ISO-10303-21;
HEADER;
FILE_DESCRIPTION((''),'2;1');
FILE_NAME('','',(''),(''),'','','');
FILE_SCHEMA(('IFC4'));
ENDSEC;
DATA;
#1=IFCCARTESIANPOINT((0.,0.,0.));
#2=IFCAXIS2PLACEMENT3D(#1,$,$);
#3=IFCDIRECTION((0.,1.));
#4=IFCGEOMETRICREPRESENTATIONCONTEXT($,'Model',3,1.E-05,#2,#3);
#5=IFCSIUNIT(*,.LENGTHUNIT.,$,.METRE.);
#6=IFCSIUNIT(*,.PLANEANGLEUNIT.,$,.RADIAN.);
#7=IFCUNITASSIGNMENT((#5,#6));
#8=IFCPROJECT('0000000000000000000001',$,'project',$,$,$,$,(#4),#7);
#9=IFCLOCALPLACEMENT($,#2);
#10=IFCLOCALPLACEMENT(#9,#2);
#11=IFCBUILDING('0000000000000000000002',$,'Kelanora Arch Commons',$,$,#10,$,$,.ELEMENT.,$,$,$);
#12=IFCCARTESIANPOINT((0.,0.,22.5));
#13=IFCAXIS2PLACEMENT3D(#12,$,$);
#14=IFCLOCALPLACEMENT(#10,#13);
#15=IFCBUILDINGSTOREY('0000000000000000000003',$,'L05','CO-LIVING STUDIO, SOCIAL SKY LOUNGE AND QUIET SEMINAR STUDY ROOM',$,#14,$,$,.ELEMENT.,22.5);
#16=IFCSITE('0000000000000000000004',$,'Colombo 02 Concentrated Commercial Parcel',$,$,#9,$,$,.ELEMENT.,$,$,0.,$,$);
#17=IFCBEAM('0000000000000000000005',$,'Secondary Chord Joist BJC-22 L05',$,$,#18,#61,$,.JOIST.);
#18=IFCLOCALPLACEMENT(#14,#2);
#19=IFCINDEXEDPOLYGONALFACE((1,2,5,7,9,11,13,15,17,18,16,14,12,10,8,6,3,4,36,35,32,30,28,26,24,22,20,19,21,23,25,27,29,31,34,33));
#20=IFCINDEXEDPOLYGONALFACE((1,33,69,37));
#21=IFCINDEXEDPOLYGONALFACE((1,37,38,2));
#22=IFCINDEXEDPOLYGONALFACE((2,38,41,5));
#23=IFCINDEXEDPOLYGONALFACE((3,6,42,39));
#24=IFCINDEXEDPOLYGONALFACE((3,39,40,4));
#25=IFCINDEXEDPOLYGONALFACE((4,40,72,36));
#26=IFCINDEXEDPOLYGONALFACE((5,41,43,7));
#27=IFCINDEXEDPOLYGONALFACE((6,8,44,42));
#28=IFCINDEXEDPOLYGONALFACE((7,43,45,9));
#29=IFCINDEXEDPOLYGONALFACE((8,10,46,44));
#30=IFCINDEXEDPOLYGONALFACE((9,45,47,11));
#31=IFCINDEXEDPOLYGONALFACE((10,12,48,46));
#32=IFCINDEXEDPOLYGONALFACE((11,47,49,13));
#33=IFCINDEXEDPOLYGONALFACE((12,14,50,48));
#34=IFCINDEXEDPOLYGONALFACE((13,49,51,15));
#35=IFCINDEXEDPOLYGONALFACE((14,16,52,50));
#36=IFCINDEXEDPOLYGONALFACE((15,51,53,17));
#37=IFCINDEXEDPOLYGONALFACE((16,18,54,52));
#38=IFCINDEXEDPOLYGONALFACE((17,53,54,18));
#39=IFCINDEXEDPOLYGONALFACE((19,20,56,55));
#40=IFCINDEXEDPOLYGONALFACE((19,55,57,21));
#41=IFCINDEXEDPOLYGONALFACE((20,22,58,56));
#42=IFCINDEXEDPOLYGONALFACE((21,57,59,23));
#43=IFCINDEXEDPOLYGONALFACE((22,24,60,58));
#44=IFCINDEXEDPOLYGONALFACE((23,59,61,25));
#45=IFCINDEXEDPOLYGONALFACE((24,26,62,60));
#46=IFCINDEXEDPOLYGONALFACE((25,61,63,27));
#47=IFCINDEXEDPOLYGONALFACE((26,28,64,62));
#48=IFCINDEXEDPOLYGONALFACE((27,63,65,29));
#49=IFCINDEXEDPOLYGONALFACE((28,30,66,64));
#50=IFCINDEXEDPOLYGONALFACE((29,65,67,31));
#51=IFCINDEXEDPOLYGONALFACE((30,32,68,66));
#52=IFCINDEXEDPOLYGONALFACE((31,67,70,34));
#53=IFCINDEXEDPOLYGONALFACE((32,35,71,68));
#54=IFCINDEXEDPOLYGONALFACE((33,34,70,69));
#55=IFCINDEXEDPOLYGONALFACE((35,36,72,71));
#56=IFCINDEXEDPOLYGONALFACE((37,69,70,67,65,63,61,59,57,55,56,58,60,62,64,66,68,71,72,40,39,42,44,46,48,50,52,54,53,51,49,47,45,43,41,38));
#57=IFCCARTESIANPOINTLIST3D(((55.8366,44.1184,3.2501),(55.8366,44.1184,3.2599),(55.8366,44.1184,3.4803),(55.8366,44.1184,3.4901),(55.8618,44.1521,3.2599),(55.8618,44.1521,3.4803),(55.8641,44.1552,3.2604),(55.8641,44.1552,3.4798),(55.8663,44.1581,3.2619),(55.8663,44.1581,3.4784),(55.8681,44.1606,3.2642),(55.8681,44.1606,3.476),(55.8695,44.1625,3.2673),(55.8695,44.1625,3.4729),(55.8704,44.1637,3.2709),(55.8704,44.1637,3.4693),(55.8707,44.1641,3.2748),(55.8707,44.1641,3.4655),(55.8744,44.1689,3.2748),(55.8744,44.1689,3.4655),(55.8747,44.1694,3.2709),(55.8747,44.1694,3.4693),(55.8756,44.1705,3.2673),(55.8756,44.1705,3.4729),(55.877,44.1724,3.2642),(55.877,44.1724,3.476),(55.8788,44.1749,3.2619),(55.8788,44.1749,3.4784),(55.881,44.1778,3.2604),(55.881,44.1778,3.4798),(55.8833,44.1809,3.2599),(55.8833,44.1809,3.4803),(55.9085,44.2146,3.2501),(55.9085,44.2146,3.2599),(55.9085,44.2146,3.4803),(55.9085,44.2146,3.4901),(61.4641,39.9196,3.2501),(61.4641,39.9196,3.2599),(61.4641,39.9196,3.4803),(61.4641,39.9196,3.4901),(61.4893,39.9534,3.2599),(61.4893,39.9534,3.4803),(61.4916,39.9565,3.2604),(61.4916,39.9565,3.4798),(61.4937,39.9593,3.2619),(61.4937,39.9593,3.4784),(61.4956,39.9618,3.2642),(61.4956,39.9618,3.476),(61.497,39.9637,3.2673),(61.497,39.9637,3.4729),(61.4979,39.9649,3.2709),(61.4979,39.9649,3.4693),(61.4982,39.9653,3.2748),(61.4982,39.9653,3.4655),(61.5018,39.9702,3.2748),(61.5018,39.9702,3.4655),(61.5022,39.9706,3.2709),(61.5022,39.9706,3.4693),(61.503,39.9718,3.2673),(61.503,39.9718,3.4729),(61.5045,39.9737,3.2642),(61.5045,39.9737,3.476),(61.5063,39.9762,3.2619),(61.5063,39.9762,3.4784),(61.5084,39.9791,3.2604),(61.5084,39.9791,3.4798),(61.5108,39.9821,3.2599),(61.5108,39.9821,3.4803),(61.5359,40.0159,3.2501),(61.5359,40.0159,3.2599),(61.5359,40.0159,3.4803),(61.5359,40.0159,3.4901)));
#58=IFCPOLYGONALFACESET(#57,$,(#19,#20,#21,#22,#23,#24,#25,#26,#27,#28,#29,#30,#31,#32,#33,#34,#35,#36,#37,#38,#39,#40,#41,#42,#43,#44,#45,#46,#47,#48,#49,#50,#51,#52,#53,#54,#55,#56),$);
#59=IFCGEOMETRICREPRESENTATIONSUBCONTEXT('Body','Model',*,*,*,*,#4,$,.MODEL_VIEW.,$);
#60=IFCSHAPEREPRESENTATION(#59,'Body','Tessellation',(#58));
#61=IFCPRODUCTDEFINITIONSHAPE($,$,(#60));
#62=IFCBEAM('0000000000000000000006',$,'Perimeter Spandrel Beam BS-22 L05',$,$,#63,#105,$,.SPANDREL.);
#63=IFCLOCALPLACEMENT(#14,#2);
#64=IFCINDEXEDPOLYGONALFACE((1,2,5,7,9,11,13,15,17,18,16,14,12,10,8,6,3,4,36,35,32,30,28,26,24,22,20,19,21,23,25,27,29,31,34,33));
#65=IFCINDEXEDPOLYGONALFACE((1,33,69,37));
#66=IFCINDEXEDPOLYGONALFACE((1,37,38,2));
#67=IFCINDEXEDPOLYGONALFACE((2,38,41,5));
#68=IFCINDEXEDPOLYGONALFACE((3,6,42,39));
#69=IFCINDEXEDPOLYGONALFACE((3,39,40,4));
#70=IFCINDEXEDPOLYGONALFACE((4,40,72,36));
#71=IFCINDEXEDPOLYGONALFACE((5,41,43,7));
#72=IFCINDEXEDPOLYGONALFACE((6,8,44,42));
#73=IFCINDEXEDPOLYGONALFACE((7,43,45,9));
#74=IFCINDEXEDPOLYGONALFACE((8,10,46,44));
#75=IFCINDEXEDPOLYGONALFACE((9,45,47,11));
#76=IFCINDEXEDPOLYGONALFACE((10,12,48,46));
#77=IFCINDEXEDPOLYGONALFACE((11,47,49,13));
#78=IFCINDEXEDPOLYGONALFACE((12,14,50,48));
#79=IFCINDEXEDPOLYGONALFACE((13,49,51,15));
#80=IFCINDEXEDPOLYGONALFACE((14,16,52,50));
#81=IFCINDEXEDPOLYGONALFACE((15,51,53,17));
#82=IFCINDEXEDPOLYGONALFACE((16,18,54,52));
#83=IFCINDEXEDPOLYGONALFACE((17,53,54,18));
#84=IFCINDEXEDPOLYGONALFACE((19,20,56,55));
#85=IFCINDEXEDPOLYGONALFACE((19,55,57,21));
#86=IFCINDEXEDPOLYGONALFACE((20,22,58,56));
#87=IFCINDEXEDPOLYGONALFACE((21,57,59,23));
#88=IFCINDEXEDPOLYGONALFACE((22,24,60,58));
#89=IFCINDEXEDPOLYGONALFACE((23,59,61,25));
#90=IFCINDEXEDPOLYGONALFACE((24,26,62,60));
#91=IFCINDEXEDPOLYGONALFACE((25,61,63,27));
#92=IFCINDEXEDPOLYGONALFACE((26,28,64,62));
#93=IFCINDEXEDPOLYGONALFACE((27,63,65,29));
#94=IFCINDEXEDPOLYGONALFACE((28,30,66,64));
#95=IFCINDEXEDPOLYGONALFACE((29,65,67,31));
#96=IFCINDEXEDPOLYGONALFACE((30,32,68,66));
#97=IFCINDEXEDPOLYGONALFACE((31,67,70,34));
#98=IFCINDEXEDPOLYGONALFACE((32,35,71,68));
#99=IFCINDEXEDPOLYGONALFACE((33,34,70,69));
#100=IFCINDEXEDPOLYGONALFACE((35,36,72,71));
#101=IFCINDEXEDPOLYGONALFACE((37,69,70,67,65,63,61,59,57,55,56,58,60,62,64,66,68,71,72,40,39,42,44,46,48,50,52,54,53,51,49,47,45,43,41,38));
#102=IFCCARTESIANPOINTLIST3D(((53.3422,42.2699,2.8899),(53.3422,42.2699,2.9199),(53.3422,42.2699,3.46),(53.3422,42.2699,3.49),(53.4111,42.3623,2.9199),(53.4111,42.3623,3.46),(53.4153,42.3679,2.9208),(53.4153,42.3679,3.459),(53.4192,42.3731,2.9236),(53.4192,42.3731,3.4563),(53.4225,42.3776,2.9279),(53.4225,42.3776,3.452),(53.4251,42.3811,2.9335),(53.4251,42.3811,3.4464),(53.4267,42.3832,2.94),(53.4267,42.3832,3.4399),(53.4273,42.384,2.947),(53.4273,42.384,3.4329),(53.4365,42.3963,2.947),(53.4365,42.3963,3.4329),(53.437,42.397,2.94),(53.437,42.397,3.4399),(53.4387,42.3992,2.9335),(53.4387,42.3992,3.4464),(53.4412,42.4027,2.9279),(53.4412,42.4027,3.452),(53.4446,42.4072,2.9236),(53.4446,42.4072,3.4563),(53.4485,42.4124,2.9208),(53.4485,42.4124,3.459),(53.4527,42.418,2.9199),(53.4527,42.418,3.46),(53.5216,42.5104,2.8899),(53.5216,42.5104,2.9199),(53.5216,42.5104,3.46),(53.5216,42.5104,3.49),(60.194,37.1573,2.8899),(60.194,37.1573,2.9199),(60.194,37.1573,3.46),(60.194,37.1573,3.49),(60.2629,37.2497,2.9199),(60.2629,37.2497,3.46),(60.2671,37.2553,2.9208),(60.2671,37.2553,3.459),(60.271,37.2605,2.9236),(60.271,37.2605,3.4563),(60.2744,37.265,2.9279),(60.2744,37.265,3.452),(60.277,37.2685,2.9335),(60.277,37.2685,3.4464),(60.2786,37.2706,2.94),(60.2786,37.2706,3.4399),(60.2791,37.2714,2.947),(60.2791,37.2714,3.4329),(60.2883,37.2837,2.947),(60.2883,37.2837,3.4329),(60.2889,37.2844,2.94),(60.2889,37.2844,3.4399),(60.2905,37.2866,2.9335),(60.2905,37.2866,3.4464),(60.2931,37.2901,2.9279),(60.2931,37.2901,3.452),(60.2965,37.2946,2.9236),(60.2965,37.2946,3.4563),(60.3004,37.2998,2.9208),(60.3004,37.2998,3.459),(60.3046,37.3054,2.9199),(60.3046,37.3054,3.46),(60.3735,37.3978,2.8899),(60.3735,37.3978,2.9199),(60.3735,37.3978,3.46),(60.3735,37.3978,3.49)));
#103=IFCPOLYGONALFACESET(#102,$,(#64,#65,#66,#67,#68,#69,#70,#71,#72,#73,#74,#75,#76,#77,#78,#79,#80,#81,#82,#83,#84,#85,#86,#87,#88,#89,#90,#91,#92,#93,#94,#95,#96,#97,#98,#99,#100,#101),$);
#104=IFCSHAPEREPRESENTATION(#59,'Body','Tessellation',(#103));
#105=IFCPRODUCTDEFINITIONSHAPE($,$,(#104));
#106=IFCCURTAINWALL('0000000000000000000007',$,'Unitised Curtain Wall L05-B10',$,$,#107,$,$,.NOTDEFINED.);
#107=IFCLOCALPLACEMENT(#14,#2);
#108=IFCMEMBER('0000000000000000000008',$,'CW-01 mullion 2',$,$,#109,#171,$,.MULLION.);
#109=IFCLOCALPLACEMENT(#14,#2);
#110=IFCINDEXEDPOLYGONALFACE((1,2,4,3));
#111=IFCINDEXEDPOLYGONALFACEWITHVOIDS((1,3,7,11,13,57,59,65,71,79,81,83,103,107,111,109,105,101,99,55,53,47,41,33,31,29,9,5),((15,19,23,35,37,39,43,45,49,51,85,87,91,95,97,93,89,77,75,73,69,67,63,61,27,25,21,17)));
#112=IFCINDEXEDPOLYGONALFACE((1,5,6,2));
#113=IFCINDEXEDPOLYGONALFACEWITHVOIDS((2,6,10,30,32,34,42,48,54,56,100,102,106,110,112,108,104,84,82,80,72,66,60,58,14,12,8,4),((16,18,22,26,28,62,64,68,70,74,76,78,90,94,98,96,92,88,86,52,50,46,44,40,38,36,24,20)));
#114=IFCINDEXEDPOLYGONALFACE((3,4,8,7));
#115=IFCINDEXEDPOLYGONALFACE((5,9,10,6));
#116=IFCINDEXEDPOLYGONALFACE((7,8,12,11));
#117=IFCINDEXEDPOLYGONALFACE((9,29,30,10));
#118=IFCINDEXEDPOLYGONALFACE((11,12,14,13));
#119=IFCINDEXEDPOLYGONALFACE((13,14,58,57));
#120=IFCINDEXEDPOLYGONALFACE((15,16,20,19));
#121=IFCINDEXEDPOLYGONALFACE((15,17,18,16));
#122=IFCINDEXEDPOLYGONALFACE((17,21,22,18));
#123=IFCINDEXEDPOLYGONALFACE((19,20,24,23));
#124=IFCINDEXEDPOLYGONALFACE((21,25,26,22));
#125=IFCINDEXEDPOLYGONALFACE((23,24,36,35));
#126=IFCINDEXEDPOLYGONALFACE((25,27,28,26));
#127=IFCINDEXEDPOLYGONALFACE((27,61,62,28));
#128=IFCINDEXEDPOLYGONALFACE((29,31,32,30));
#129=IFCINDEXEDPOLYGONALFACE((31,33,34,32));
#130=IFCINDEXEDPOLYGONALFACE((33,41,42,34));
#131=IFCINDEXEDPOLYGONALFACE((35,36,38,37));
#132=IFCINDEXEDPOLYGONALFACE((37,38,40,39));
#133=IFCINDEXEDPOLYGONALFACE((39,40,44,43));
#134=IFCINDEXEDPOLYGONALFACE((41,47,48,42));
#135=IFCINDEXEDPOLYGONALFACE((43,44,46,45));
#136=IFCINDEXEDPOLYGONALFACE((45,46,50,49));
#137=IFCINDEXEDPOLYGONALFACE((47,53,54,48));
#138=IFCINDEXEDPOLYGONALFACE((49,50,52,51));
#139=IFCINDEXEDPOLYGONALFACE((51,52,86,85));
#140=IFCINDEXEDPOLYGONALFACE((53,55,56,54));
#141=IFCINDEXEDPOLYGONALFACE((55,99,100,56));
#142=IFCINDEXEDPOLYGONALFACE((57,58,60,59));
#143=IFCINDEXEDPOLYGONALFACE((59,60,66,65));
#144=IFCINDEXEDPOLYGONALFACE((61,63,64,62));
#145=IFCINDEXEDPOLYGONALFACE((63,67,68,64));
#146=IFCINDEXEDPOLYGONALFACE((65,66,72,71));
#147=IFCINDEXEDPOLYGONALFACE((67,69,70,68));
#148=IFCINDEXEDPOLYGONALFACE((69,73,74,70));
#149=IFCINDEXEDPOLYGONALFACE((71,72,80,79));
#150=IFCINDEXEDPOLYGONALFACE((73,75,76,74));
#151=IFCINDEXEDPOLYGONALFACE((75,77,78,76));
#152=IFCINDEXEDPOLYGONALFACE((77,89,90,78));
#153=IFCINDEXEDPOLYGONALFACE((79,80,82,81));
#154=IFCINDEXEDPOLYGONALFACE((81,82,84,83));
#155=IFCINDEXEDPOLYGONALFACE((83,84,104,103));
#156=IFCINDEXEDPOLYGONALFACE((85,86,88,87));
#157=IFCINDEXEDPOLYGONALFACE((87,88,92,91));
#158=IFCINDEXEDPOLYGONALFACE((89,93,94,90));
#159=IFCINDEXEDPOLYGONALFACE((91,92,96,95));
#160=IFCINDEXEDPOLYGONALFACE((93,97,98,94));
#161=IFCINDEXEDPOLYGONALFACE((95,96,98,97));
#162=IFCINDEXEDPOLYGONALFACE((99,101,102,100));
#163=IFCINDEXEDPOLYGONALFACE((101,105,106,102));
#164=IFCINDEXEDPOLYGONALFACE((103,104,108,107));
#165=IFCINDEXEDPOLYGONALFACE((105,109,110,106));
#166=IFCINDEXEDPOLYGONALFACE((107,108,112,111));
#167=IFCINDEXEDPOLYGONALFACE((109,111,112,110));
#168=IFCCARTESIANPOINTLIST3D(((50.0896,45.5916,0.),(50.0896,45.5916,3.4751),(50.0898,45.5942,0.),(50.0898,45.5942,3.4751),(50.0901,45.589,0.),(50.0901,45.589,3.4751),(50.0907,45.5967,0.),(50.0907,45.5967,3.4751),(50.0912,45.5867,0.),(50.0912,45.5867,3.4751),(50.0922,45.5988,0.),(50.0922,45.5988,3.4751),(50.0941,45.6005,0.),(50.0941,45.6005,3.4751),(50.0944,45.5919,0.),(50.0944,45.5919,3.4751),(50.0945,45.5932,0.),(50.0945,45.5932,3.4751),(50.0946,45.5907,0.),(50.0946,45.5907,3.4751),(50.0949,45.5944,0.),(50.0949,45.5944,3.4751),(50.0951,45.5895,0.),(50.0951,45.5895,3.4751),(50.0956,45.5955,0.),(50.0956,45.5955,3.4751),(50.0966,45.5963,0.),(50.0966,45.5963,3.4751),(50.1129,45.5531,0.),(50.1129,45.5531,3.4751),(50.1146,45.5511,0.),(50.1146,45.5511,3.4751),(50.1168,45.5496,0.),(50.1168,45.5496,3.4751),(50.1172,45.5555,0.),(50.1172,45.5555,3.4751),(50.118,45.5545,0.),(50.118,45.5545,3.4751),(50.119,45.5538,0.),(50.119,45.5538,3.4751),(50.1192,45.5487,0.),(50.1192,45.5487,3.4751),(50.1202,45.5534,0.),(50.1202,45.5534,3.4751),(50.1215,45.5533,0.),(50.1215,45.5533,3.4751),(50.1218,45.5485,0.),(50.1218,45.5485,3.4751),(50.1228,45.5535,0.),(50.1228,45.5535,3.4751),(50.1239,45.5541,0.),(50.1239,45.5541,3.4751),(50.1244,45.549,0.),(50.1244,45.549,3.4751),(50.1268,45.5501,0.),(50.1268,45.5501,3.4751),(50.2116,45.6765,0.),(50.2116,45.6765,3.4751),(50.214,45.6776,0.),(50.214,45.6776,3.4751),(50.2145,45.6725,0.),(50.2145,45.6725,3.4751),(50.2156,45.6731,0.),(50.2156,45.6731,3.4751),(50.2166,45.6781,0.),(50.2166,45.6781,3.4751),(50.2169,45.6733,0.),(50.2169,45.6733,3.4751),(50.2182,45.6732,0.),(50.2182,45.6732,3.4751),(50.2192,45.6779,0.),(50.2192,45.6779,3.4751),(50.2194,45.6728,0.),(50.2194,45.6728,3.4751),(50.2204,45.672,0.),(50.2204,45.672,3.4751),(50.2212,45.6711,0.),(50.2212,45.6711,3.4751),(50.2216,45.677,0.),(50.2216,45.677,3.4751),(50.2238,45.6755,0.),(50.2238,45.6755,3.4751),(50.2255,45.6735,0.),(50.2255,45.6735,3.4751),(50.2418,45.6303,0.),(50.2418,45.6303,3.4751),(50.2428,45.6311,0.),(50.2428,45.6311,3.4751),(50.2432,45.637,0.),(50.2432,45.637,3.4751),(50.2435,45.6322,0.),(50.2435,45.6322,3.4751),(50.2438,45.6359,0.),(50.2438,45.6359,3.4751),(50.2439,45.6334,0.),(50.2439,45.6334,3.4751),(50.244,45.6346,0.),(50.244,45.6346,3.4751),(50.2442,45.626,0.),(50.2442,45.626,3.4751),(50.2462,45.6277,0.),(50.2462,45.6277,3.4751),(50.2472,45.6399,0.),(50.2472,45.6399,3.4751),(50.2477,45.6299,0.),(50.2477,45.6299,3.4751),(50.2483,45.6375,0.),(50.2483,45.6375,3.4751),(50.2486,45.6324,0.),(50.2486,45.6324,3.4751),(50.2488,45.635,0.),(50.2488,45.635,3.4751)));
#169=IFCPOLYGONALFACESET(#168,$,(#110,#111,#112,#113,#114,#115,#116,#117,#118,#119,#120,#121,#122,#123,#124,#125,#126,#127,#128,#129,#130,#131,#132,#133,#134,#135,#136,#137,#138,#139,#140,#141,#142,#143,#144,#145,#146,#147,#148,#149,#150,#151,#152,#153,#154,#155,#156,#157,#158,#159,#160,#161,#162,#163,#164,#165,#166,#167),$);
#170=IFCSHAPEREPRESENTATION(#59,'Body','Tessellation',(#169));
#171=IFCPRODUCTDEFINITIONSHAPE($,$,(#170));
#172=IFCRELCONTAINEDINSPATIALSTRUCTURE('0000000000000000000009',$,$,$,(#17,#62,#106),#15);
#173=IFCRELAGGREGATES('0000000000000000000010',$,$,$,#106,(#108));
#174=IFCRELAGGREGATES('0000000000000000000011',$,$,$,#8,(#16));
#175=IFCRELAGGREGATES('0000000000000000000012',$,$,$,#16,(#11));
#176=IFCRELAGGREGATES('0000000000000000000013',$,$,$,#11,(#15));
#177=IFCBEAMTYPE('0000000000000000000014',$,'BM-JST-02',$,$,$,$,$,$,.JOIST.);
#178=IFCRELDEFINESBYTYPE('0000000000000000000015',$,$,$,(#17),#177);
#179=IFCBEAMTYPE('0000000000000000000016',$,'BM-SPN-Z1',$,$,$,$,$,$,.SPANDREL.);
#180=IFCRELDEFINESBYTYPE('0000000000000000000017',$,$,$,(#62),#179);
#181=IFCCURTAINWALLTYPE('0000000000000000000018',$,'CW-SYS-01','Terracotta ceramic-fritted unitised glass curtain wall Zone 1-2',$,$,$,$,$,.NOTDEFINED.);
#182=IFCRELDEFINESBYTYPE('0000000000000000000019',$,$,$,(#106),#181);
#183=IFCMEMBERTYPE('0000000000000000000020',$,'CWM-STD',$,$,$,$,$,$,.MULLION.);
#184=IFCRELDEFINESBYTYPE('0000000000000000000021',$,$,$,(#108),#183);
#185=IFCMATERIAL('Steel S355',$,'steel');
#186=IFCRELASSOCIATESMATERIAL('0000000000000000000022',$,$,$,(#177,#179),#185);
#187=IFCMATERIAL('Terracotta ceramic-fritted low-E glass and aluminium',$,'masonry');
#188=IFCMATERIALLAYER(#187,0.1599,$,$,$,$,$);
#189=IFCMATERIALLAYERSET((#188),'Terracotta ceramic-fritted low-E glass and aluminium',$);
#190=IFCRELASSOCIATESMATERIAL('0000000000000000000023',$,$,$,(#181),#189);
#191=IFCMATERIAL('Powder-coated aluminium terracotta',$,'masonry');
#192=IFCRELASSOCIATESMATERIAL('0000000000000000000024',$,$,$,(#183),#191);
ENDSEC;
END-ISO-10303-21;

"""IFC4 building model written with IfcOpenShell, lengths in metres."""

from ifc_helpers import new_model, si_unit, direction, frame, origin, origin_2d, place, context, subcontext, project, spatial, hollow_rectangle, i_section, extrude, material, layer, layer_set, material_profile, profile_set, type_object, element, aggregate, save


model = new_model("IFC4")

# Units and contexts
model_context = context("Model", 3, precision=1e-05, world=origin(), true_north=direction((0.0, 1.0)))
body_context = subcontext(model_context, "Body", "Model", "MODEL_VIEW")
ifc_project = project(units=[si_unit("LENGTHUNIT", "METRE"), si_unit("PLANEANGLEUNIT", "RADIAN")], contexts=[model_context])

# Site, building, storey
site_placement = place(None, origin())
site = spatial("IfcSite", under=ifc_project, at=site_placement, Name="Colombo 02 Concentrated Commercial Parcel", CompositionType="ELEMENT", RefElevation=0.0)
building_placement = place(site_placement, origin())
building = spatial("IfcBuilding", under=site, at=building_placement, Name="Kelanora Arch Commons", CompositionType="ELEMENT")
storey_placement = place(building_placement, frame((0.0, 0.0, 22.5)))
storey = spatial("IfcBuildingStorey", under=building, at=storey_placement, Name="L05", Description="CO-LIVING STUDIO, SOCIAL SKY LOUNGE AND QUIET SEMINAR STUDY ROOM", CompositionType="ELEMENT", Elevation=22.5)

# Beams
ifc_material_1 = material(Name="Steel S355", Category="steel")
ifc_material_profile_1 = material_profile(ifc_material_1, i_section(OverallWidth=0.1201, OverallDepth=0.24, WebThickness=0.0061, FlangeThickness=0.0098, FilletRadius=0.0149, at=origin_2d()), Name="IPE240")
ifc_profile_set_1 = profile_set([ifc_material_profile_1], Name="Steel S355")
beam_type_1 = type_object("IfcBeamType", Name="BM-JST-02", PredefinedType="JOIST", material=ifc_profile_set_1)
beam_1_placement = place(storey_placement, frame((55.8726, 44.1665, 3.3701), z_axis=(0.801491, -0.598006, 0.0), x_axis=(0.598006, 0.801491, 0.0)))
element("IfcBeam", 1, at=beam_1_placement, inside=storey, type_object=beam_type_1, Name="Secondary Chord Joist BJC-22 L05", PredefinedType="JOIST", context=body_context, shape_type="SweptSolid", body=[
    extrude(i_section(OverallWidth=0.1201, OverallDepth=0.24, WebThickness=0.0061, FlangeThickness=0.0098, FilletRadius=0.0149, at=origin_2d()), origin(), (0.0, 0.0, 1.0), 7.0212),
])
ifc_material_profile_2 = material_profile(ifc_material_1, i_section(OverallWidth=0.3, OverallDepth=0.6001, WebThickness=0.0154, FlangeThickness=0.03, FilletRadius=0.0271, at=origin_2d()), Name="HEB600")
ifc_profile_set_2 = profile_set([ifc_material_profile_2], Name="Steel S355")
beam_type_2 = type_object("IfcBeamType", Name="BM-SPN-Z1", PredefinedType="SPANDREL", material=ifc_profile_set_2)
beam_2_placement = place(storey_placement, frame((53.4319, 42.3901, 3.1899), z_axis=(0.801475, -0.598029, 0.0), x_axis=(0.598029, 0.801475, 0.0)))
element("IfcBeam", 2, at=beam_2_placement, inside=storey, type_object=beam_type_2, Name="Perimeter Spandrel Beam BS-22 L05", PredefinedType="SPANDREL", context=body_context, shape_type="SweptSolid", body=[
    extrude(i_section(OverallWidth=0.3, OverallDepth=0.6001, WebThickness=0.0154, FlangeThickness=0.03, FilletRadius=0.0271, at=origin_2d()), origin(), (0.0, 0.0, 1.0), 8.5491),
])

# Curtain wall, member
ifc_material_2 = material(Name="Terracotta ceramic-fritted low-E glass and aluminium", Category="masonry")
ifc_layer_1 = layer(ifc_material_2, 0.1599)
ifc_layer_set_1 = layer_set([ifc_layer_1], Name="Terracotta ceramic-fritted low-E glass and aluminium")
curtain_wall_type = type_object("IfcCurtainWallType", Name="CW-SYS-01", Description="Terracotta ceramic-fritted unitised glass curtain wall Zone 1-2", PredefinedType="NOTDEFINED", material=ifc_layer_set_1)
curtain_wall_placement = place(storey_placement, origin())
curtain_wall = element("IfcCurtainWall", 3, at=curtain_wall_placement, inside=storey, type_object=curtain_wall_type, Name="Unitised Curtain Wall L05-B10", PredefinedType="NOTDEFINED")
ifc_material_3 = material(Name="Powder-coated aluminium terracotta", Category="masonry")
ifc_material_profile_3 = material_profile(ifc_material_3, hollow_rectangle(XDim=0.1599, YDim=0.0601, WallThickness=0.0049, InnerFilletRadius=0.0049, OuterFilletRadius=0.01, at=origin_2d()), Name="CWM160x60")
ifc_profile_set_3 = profile_set([ifc_material_profile_3], Name="Powder-coated aluminium terracotta")
member_type_1 = type_object("IfcMemberType", Name="CWM-STD", PredefinedType="MULLION", material=ifc_profile_set_3)
member_1_placement = place(storey_placement, frame((50.1692, 45.6133, 0.0), z_axis=(0.0, 0.0, 1.0), x_axis=(0.83973, 0.543004, 0.0)))
member_1 = element("IfcMember", 4, at=member_1_placement, type_object=member_type_1, Name="CW-01 mullion 2", PredefinedType="MULLION", context=body_context, shape_type="SweptSolid", body=[
    extrude(hollow_rectangle(XDim=0.1599, YDim=0.0601, WallThickness=0.0049, InnerFilletRadius=0.0049, OuterFilletRadius=0.01, at=origin_2d()), origin(), (0.0, 0.0, 1.0), 3.4751),
])
aggregate(curtain_wall, [member_1])

save(model, "model.ifc")
